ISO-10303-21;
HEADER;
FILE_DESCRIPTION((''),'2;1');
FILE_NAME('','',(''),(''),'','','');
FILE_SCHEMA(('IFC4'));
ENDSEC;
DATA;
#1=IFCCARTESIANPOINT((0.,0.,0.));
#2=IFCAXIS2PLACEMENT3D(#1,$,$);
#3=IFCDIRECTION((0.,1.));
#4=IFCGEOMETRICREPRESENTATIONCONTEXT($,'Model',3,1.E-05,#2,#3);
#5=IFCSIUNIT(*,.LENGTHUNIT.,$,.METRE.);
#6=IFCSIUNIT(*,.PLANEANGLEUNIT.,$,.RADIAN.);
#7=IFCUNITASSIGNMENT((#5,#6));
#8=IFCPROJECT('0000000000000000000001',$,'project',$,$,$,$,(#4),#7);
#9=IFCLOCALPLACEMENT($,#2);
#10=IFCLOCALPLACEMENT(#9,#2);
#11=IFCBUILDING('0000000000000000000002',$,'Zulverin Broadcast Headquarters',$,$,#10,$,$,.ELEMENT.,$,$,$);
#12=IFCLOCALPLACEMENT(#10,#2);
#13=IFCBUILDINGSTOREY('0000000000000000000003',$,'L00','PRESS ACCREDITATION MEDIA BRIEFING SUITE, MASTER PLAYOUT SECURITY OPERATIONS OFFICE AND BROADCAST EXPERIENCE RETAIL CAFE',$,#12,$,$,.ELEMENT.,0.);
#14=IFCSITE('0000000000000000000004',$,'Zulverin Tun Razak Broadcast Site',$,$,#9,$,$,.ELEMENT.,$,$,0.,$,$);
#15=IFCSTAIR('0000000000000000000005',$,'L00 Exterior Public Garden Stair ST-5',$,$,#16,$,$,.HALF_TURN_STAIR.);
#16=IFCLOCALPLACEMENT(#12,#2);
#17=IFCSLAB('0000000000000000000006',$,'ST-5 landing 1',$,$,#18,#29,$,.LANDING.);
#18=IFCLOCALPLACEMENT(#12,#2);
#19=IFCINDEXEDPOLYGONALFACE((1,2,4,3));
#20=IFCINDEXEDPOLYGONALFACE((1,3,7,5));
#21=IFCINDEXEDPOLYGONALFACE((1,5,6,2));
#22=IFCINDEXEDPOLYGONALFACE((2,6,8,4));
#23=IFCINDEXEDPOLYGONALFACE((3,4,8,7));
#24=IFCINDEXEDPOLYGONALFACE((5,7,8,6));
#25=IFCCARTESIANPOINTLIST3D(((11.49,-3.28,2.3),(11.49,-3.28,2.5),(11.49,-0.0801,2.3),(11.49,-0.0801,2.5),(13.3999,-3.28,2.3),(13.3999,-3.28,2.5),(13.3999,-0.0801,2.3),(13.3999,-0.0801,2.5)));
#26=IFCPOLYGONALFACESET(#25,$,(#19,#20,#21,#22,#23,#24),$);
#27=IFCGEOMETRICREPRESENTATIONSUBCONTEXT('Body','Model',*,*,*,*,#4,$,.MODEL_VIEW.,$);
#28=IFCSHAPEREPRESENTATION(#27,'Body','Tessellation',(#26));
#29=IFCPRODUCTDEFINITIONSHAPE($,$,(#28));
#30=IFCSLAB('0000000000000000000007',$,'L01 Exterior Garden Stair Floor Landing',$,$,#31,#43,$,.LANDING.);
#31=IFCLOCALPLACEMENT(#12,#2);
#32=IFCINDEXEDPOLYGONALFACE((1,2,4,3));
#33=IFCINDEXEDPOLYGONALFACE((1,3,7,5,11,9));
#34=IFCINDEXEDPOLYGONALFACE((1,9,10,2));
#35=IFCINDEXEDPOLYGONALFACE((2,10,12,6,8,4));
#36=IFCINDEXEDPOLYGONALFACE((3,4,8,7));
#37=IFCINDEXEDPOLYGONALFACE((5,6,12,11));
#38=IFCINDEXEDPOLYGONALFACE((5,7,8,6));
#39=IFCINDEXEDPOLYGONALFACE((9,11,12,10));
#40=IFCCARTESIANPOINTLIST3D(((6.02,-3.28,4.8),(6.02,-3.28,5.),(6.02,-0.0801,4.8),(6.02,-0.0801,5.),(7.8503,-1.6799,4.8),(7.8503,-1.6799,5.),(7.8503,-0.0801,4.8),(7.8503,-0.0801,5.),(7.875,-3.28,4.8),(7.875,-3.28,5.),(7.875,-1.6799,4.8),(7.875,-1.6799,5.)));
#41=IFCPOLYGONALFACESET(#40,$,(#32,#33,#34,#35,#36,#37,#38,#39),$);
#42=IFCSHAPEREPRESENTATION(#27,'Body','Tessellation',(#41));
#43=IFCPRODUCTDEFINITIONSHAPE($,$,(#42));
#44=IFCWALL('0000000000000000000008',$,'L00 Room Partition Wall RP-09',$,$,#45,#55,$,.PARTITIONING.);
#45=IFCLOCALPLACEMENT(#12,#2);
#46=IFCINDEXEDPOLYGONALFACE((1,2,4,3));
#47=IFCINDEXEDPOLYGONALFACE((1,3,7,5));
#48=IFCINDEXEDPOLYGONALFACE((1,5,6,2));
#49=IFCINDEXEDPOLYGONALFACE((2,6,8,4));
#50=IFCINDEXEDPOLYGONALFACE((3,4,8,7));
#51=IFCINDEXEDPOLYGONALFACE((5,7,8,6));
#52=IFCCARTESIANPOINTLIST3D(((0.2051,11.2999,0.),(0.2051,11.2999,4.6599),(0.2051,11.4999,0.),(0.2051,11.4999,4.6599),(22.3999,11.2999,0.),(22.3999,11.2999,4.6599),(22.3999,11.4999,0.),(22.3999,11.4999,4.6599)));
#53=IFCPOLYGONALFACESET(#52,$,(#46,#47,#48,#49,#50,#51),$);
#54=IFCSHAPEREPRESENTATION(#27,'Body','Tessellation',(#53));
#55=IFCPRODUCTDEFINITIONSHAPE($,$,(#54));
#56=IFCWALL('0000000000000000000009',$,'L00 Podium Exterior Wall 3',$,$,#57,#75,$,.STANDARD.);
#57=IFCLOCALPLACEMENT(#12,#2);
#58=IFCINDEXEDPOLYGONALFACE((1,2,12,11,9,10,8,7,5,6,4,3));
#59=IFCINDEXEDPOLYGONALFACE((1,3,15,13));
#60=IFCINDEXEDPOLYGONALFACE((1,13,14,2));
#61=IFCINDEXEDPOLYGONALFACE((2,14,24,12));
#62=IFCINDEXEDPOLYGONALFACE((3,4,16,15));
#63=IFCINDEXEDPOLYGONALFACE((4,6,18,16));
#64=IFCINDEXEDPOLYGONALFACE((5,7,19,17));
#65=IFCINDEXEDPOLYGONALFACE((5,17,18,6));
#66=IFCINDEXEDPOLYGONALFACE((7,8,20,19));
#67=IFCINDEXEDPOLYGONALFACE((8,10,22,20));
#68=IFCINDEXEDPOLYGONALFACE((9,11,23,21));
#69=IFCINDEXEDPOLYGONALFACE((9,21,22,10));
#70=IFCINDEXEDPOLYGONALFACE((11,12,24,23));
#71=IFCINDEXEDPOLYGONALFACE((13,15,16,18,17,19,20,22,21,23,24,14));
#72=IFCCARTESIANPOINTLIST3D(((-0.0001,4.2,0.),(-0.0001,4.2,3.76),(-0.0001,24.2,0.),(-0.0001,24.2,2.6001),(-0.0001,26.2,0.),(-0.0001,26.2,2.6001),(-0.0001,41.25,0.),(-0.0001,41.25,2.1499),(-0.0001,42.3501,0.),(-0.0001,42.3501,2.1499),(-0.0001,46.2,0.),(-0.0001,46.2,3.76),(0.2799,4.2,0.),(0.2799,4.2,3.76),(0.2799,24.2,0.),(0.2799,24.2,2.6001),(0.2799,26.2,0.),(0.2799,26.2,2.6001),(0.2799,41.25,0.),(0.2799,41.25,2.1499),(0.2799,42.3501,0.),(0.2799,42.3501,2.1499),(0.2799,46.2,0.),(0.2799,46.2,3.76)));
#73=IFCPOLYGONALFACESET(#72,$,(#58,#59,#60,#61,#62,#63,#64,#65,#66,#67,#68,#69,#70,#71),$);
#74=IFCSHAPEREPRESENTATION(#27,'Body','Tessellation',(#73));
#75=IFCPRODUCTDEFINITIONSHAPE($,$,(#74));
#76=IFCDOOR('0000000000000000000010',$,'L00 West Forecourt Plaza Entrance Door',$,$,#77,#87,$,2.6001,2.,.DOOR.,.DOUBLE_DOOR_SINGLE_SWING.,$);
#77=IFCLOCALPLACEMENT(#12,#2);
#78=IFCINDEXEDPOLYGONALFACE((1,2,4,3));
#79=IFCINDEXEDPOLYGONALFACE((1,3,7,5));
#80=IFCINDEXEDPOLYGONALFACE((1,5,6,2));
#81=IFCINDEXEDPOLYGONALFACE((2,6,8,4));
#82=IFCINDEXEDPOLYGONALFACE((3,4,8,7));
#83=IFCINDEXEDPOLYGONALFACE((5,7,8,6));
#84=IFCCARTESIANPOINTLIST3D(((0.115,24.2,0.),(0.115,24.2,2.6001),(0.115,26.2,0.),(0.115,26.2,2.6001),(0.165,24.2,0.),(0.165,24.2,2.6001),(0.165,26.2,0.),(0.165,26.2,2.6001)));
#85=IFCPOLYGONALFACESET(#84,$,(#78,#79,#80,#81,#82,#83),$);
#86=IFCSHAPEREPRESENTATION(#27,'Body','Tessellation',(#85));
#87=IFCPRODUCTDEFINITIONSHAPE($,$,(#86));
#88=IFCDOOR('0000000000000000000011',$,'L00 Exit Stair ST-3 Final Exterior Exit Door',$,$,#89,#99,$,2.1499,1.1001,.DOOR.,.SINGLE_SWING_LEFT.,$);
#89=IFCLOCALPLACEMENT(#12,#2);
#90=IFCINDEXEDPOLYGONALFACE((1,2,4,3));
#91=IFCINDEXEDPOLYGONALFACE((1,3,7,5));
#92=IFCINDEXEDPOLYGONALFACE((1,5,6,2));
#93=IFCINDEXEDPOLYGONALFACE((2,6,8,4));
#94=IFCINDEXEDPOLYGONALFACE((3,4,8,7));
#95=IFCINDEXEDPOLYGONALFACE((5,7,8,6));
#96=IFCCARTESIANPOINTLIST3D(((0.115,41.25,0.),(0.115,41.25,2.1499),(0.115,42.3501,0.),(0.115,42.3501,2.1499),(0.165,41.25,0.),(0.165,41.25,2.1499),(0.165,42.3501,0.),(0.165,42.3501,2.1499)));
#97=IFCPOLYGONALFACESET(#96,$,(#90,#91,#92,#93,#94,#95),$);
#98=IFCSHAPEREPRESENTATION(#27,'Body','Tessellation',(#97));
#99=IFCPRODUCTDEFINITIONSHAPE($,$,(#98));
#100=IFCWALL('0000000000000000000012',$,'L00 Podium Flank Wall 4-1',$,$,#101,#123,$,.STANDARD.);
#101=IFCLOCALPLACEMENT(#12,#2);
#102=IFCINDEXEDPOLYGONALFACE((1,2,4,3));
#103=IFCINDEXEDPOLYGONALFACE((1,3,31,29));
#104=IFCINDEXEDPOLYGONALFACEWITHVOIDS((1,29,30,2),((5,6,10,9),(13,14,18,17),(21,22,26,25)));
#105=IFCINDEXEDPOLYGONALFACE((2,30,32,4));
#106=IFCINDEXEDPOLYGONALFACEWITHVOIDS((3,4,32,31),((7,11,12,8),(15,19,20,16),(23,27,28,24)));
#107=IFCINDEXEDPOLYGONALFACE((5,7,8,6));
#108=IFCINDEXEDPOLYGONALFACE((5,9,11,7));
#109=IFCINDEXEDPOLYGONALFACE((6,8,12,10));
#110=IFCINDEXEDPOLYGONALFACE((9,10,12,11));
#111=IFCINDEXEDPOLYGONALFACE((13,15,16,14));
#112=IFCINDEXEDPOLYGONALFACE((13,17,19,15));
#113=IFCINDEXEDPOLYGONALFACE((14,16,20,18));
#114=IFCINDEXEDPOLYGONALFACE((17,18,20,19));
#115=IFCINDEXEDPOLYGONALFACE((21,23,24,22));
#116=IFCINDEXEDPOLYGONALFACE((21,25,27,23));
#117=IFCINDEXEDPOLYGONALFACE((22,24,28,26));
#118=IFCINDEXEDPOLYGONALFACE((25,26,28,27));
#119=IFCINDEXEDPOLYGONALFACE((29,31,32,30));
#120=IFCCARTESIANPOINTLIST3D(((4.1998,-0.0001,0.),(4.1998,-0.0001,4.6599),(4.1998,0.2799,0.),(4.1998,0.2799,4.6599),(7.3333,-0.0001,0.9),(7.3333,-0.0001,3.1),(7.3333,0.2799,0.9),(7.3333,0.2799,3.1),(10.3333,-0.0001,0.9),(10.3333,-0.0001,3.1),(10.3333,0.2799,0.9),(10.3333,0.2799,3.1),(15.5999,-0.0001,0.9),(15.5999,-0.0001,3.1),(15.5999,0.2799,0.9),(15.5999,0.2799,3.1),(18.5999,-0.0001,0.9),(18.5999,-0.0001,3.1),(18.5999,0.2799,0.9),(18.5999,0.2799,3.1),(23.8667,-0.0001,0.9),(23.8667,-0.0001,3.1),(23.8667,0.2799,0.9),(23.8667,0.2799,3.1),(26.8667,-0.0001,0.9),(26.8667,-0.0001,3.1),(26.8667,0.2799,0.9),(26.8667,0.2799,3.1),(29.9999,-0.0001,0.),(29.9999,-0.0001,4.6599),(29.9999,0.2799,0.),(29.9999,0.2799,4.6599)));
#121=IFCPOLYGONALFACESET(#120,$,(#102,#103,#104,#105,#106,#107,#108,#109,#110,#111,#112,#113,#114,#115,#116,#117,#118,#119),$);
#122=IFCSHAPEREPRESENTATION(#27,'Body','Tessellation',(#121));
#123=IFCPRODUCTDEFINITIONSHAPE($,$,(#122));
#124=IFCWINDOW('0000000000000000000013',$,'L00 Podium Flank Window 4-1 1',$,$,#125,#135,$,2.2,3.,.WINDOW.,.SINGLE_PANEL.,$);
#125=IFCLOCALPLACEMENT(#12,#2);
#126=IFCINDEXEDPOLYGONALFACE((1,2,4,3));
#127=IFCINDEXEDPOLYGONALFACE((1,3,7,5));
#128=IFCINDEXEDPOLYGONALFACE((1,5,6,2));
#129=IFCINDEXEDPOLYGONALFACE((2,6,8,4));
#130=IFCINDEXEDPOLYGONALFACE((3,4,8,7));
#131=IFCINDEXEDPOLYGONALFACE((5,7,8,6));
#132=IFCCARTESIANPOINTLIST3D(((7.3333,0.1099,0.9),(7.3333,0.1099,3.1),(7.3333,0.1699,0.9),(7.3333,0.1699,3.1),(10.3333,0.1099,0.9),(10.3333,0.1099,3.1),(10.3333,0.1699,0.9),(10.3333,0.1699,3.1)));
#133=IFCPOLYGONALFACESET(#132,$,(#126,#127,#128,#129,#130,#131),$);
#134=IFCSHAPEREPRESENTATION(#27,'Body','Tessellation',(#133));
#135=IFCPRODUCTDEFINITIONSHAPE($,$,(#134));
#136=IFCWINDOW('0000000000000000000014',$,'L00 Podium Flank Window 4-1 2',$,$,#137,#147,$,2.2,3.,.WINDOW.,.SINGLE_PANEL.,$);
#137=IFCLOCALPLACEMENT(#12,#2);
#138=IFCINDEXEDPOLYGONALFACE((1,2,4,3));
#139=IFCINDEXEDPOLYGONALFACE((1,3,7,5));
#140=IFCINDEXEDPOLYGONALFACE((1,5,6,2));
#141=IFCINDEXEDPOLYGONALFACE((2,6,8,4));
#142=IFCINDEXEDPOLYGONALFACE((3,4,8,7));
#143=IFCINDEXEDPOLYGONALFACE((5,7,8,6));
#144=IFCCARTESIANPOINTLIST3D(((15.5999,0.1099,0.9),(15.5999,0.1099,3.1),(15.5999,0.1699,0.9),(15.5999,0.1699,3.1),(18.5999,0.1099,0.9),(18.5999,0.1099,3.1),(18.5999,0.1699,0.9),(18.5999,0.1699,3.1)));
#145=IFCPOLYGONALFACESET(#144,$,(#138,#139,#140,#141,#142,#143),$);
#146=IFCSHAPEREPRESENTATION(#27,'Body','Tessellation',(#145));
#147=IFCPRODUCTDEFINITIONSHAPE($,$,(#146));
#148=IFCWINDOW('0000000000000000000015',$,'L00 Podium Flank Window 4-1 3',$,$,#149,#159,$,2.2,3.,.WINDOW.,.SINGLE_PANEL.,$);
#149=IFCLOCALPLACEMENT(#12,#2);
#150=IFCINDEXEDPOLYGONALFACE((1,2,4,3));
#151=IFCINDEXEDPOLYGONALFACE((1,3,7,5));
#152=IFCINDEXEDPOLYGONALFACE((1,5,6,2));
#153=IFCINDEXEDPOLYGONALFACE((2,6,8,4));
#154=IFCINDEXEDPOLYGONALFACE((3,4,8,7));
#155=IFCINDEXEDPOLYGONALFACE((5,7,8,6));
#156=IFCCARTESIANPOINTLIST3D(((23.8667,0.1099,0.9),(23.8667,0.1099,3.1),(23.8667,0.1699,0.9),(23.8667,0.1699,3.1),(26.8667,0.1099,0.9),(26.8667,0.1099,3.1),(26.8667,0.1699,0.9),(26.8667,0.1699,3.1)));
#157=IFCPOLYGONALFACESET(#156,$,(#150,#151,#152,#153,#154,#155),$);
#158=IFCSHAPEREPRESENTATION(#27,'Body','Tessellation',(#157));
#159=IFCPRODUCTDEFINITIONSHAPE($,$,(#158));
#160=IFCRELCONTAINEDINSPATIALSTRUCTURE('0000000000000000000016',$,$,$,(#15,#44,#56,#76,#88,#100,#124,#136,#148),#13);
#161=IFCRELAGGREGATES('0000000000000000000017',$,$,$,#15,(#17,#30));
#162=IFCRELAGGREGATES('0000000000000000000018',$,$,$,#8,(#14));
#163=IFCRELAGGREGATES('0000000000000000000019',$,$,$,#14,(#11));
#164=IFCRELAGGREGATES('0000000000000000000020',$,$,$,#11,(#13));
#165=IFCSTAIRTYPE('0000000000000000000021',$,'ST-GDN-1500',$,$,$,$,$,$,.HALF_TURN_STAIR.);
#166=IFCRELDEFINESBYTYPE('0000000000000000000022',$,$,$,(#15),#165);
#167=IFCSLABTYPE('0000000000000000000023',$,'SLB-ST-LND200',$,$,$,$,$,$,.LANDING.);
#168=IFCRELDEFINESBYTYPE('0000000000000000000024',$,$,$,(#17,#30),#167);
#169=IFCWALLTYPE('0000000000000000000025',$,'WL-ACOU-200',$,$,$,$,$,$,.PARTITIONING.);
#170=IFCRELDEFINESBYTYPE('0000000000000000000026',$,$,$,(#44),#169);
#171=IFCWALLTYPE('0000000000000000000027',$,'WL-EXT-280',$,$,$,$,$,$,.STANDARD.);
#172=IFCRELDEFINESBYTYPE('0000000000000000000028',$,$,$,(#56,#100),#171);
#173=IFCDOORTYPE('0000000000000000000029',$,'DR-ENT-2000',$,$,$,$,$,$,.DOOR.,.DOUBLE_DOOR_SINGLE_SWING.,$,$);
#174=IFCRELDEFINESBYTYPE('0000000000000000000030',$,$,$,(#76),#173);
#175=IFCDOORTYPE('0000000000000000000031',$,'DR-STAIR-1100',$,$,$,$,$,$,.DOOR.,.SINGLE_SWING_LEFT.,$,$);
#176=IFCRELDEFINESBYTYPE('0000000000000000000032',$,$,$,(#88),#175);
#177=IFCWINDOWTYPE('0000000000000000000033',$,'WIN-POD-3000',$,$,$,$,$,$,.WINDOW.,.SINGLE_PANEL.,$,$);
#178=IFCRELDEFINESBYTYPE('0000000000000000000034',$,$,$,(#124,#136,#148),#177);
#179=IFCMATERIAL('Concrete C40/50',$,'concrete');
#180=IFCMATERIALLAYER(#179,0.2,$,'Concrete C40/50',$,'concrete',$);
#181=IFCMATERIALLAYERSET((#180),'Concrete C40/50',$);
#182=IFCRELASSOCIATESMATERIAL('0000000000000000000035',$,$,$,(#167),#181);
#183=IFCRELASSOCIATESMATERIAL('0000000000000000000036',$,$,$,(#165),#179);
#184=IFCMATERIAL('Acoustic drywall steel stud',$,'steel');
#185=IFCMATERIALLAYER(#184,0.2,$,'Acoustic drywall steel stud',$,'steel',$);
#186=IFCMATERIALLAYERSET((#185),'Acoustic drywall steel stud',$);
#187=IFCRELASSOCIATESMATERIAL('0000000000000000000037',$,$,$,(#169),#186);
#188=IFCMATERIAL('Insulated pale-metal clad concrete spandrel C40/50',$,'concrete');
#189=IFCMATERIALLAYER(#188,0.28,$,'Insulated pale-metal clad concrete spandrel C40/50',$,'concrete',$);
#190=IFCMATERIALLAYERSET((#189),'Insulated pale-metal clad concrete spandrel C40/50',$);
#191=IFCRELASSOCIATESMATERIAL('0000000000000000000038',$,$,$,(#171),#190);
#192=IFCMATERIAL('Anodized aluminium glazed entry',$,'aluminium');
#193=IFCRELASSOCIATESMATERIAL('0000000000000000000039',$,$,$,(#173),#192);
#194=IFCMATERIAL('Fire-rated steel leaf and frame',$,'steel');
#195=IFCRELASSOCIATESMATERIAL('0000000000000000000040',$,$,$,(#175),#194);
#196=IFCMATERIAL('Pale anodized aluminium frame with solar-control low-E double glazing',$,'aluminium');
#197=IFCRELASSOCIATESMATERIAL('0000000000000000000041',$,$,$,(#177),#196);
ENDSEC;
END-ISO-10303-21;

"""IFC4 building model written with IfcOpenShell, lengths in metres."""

from ifc_helpers import new_model, si_unit, direction, frame, frame_2d, origin, place, context, subcontext, project, spatial, polyline, rectangle, outline, extrude, material, layer, layer_set, type_object, element, fill, aggregate, save


model = new_model("IFC4")

# Units and contexts
model_context = context("Model", 3, precision=1e-05, world=origin(), true_north=direction((0.0, 1.0)))
body_context = subcontext(model_context, "Body", "Model", "MODEL_VIEW")
ifc_project = project(units=[si_unit("LENGTHUNIT", "METRE"), si_unit("PLANEANGLEUNIT", "RADIAN")], contexts=[model_context])

# Site, building, storey
site_placement = place(None, origin())
site = spatial("IfcSite", under=ifc_project, at=site_placement, Name="Zulverin Tun Razak Broadcast Site", CompositionType="ELEMENT", RefElevation=0.0)
building_placement = place(site_placement, origin())
building = spatial("IfcBuilding", under=site, at=building_placement, Name="Zulverin Broadcast Headquarters", CompositionType="ELEMENT")
storey_placement = place(building_placement, origin())
storey = spatial("IfcBuildingStorey", under=building, at=storey_placement, Name="L00", Description="PRESS ACCREDITATION MEDIA BRIEFING SUITE, MASTER PLAYOUT SECURITY OPERATIONS OFFICE AND BROADCAST EXPERIENCE RETAIL CAFE", CompositionType="ELEMENT", Elevation=0.0)

# Shared definitions
ifc_material_1 = material(Name="Concrete C40/50", Category="concrete")

# Shared definitions
ifc_layer_1 = layer(ifc_material_1, 0.2, Name="Concrete C40/50", Category="concrete")
ifc_layer_set_1 = layer_set([ifc_layer_1], Name="Concrete C40/50")
slab_type = type_object("IfcSlabType", Name="SLB-ST-LND200", PredefinedType="LANDING", material=ifc_layer_set_1)

# Stair, slabs
stair_type_1 = type_object("IfcStairType", Name="ST-GDN-1500", PredefinedType="HALF_TURN_STAIR", material=ifc_material_1)
stair_1_placement = place(storey_placement, origin())
stair_1 = element("IfcStair", 1, at=stair_1_placement, inside=storey, type_object=stair_type_1, Name="L00 Exterior Public Garden Stair ST-5", PredefinedType="HALF_TURN_STAIR")
slab_1_placement = place(storey_placement, frame((0.0, 0.0, 2.3)))
slab_1 = element("IfcSlab", 2, at=slab_1_placement, type_object=slab_type, Name="ST-5 landing 1", PredefinedType="LANDING", context=body_context, shape_type="SweptSolid", body=[
    extrude(outline(polyline([(11.49, -3.28), (13.3999, -3.28), (13.3999, -0.0801), (11.49, -0.0801), (11.49, -3.28)])), origin(), (0.0, 0.0, 1.0), 0.2),
])
placement = place(building_placement, frame((0.0, 0.0, 5.0)))
slab_2_placement = place(placement, frame((0.0, 0.0, -0.2)))
slab_2 = element("IfcSlab", 3, at=slab_2_placement, type_object=slab_type, Name="L01 Exterior Garden Stair Floor Landing", PredefinedType="LANDING", context=body_context, shape_type="SweptSolid", body=[
    extrude(outline(polyline([(6.02, -3.28), (7.875, -3.28), (7.875, -1.6799), (7.8503, -1.6799), (7.8503, -0.0801), (6.02, -0.0801), (6.02, -3.28)])), origin(), (0.0, 0.0, 1.0), 0.2),
])
aggregate(stair_1, [slab_1, slab_2])

# Wall
ifc_material_2 = material(Name="Acoustic drywall steel stud", Category="steel")
ifc_layer_2 = layer(ifc_material_2, 0.2, Name="Acoustic drywall steel stud", Category="steel")
ifc_layer_set_2 = layer_set([ifc_layer_2], Name="Acoustic drywall steel stud")
wall_type_1 = type_object("IfcWallType", Name="WL-ACOU-200", PredefinedType="PARTITIONING", material=ifc_layer_set_2)
wall_1_placement = place(storey_placement, frame((0.2051, 11.3999, 0.0), z_axis=(0.0, 0.0, 1.0), x_axis=(1.0, 0.0, 0.0)))
element("IfcWall", 4, at=wall_1_placement, inside=storey, type_object=wall_type_1, Name="L00 Room Partition Wall RP-09", PredefinedType="PARTITIONING", context=body_context, shape_type="SweptSolid", body=[
    extrude(rectangle(XDim=22.1948, YDim=0.2, at=frame_2d((11.0974, 0.0))), origin(), (0.0, 0.0, 1.0), 4.6599),
])

# Wall, openings, doors
ifc_material_3 = material(Name="Insulated pale-metal clad concrete spandrel C40/50", Category="concrete")
ifc_layer_3 = layer(ifc_material_3, 0.28, Name="Insulated pale-metal clad concrete spandrel C40/50", Category="concrete")
ifc_layer_set_3 = layer_set([ifc_layer_3], Name="Insulated pale-metal clad concrete spandrel C40/50")
wall_type_2 = type_object("IfcWallType", Name="WL-EXT-280", PredefinedType="STANDARD", material=ifc_layer_set_3)
wall_2_placement = place(storey_placement, frame((0.1399, 4.2, 0.0), z_axis=(0.0, 0.0, 1.0), x_axis=(0.0, 1.0, 0.0)))
wall_2 = element("IfcWall", 5, at=wall_2_placement, inside=storey, type_object=wall_type_2, Name="L00 Podium Exterior Wall 3", PredefinedType="STANDARD", context=body_context, shape_type="SweptSolid", body=[
    extrude(rectangle(XDim=42.0, YDim=0.28, at=frame_2d((21.0, 0.0))), origin(), (0.0, 0.0, 1.0), 3.76),
])
opening_1_placement = place(wall_2_placement, frame((20.0, 0.0, 0.0)))
opening_1 = element("IfcOpeningElement", 6, at=opening_1_placement, cuts=wall_2, PredefinedType="OPENING", context=body_context, shape_type="SweptSolid", body=[
    extrude(rectangle(XDim=2.0, YDim=2.6001, at=frame_2d((1.0, 1.3))), frame((0.0, 0.1499, 0.0), z_axis=(0.0, -1.0, 0.0), x_axis=(1.0, 0.0, 0.0)), (0.0, 0.0, 1.0), 0.3),
])
opening_2_placement = place(wall_2_placement, frame((37.05, 0.0, 0.0)))
opening_2 = element("IfcOpeningElement", 7, at=opening_2_placement, cuts=wall_2, PredefinedType="OPENING", context=body_context, shape_type="SweptSolid", body=[
    extrude(rectangle(XDim=1.1001, YDim=2.1499, at=frame_2d((0.55, 1.075))), frame((0.0, 0.1499, 0.0), z_axis=(0.0, -1.0, 0.0), x_axis=(1.0, 0.0, 0.0)), (0.0, 0.0, 1.0), 0.3),
])
ifc_material_4 = material(Name="Anodized aluminium glazed entry", Category="aluminium")
door_type_1 = type_object("IfcDoorType", Name="DR-ENT-2000", OperationType="DOUBLE_DOOR_SINGLE_SWING", PredefinedType="DOOR", material=ifc_material_4)
door_1_placement = place(opening_1_placement, origin())
door_1 = element("IfcDoor", 8, at=door_1_placement, inside=storey, type_object=door_type_1, Name="L00 West Forecourt Plaza Entrance Door", OperationType="DOUBLE_DOOR_SINGLE_SWING", OverallHeight=2.6001, OverallWidth=2.0, PredefinedType="DOOR", context=body_context, shape_type="SweptSolid", body=[
    extrude(rectangle(XDim=2.0, YDim=2.6001, at=frame_2d((1.0, 1.3))), frame((0.0, 0.0249, 0.0), z_axis=(0.0, -1.0, 0.0), x_axis=(1.0, 0.0, 0.0)), (0.0, 0.0, 1.0), 0.05),
])
fill(opening_1, door_1)
ifc_material_5 = material(Name="Fire-rated steel leaf and frame", Category="steel")
door_type_2 = type_object("IfcDoorType", Name="DR-STAIR-1100", OperationType="SINGLE_SWING_LEFT", PredefinedType="DOOR", material=ifc_material_5)
door_2_placement = place(opening_2_placement, origin())
door_2 = element("IfcDoor", 9, at=door_2_placement, inside=storey, type_object=door_type_2, Name="L00 Exit Stair ST-3 Final Exterior Exit Door", OperationType="SINGLE_SWING_LEFT", OverallHeight=2.1499, OverallWidth=1.1001, PredefinedType="DOOR", context=body_context, shape_type="SweptSolid", body=[
    extrude(rectangle(XDim=1.1001, YDim=2.1499, at=frame_2d((0.55, 1.075))), frame((0.0, 0.0249, 0.0), z_axis=(0.0, -1.0, 0.0), x_axis=(1.0, 0.0, 0.0)), (0.0, 0.0, 1.0), 0.05),
])
fill(opening_2, door_2)

# Wall, openings, windows
wall_3_placement = place(storey_placement, frame((4.2, 0.1399, 0.0), z_axis=(0.0, 0.0, 1.0), x_axis=(1.0, 0.0, 0.0)))
wall_3 = element("IfcWall", 10, at=wall_3_placement, inside=storey, type_object=wall_type_2, Name="L00 Podium Flank Wall 4-1", PredefinedType="STANDARD", context=body_context, shape_type="SweptSolid", body=[
    extrude(rectangle(XDim=25.8, YDim=0.28, at=frame_2d((12.8999, 0.0))), origin(), (0.0, 0.0, 1.0), 4.6599),
])
opening_3_placement = place(wall_3_placement, frame((3.1333, 0.0, 0.8999)))
opening_3 = element("IfcOpeningElement", 11, at=opening_3_placement, cuts=wall_3, PredefinedType="OPENING", context=body_context, shape_type="SweptSolid", body=[
    extrude(rectangle(XDim=3.0, YDim=2.2, at=frame_2d((1.5, 1.1001))), frame((0.0, 0.1499, 0.0), z_axis=(0.0, -1.0, 0.0), x_axis=(1.0, 0.0, 0.0)), (0.0, 0.0, 1.0), 0.3),
])
opening_4_placement = place(wall_3_placement, frame((11.3999, 0.0, 0.8999)))
opening_4 = element("IfcOpeningElement", 12, at=opening_4_placement, cuts=wall_3, PredefinedType="OPENING", context=body_context, shape_type="SweptSolid", body=[
    extrude(rectangle(XDim=3.0, YDim=2.2, at=frame_2d((1.5, 1.1001))), frame((0.0, 0.1499, 0.0), z_axis=(0.0, -1.0, 0.0), x_axis=(1.0, 0.0, 0.0)), (0.0, 0.0, 1.0), 0.3),
])
opening_5_placement = place(wall_3_placement, frame((19.6667, 0.0, 0.8999)))
opening_5 = element("IfcOpeningElement", 13, at=opening_5_placement, cuts=wall_3, PredefinedType="OPENING", context=body_context, shape_type="SweptSolid", body=[
    extrude(rectangle(XDim=3.0, YDim=2.2, at=frame_2d((1.5, 1.1001))), frame((0.0, 0.1499, 0.0), z_axis=(0.0, -1.0, 0.0), x_axis=(1.0, 0.0, 0.0)), (0.0, 0.0, 1.0), 0.3),
])
ifc_material_6 = material(Name="Pale anodized aluminium frame with solar-control low-E double glazing", Category="aluminium")
window_type = type_object("IfcWindowType", Name="WIN-POD-3000", PartitioningType="SINGLE_PANEL", PredefinedType="WINDOW", material=ifc_material_6)
window_1_placement = place(opening_3_placement, origin())
window_1 = element("IfcWindow", 14, at=window_1_placement, inside=storey, type_object=window_type, Name="L00 Podium Flank Window 4-1 1", OverallHeight=2.2, OverallWidth=3.0, PartitioningType="SINGLE_PANEL", PredefinedType="WINDOW", context=body_context, shape_type="SweptSolid", body=[
    extrude(rectangle(XDim=3.0, YDim=2.2, at=frame_2d((1.5, 1.1001))), frame((0.0, 0.03, 0.0), z_axis=(0.0, -1.0, 0.0), x_axis=(1.0, 0.0, 0.0)), (0.0, 0.0, 1.0), 0.0601),
])
fill(opening_3, window_1)
window_2_placement = place(opening_4_placement, origin())
window_2 = element("IfcWindow", 15, at=window_2_placement, inside=storey, type_object=window_type, Name="L00 Podium Flank Window 4-1 2", OverallHeight=2.2, OverallWidth=3.0, PartitioningType="SINGLE_PANEL", PredefinedType="WINDOW", context=body_context, shape_type="SweptSolid", body=[
    extrude(rectangle(XDim=3.0, YDim=2.2, at=frame_2d((1.5, 1.1001))), frame((0.0, 0.03, 0.0), z_axis=(0.0, -1.0, 0.0), x_axis=(1.0, 0.0, 0.0)), (0.0, 0.0, 1.0), 0.0601),
])
fill(opening_4, window_2)
window_3_placement = place(opening_5_placement, origin())
window_3 = element("IfcWindow", 16, at=window_3_placement, inside=storey, type_object=window_type, Name="L00 Podium Flank Window 4-1 3", OverallHeight=2.2, OverallWidth=3.0, PartitioningType="SINGLE_PANEL", PredefinedType="WINDOW", context=body_context, shape_type="SweptSolid", body=[
    extrude(rectangle(XDim=3.0, YDim=2.2, at=frame_2d((1.5, 1.1001))), frame((0.0, 0.03, 0.0), z_axis=(0.0, -1.0, 0.0), x_axis=(1.0, 0.0, 0.0)), (0.0, 0.0, 1.0), 0.0601),
])
fill(opening_5, window_3)

save(model, "model.ifc")
